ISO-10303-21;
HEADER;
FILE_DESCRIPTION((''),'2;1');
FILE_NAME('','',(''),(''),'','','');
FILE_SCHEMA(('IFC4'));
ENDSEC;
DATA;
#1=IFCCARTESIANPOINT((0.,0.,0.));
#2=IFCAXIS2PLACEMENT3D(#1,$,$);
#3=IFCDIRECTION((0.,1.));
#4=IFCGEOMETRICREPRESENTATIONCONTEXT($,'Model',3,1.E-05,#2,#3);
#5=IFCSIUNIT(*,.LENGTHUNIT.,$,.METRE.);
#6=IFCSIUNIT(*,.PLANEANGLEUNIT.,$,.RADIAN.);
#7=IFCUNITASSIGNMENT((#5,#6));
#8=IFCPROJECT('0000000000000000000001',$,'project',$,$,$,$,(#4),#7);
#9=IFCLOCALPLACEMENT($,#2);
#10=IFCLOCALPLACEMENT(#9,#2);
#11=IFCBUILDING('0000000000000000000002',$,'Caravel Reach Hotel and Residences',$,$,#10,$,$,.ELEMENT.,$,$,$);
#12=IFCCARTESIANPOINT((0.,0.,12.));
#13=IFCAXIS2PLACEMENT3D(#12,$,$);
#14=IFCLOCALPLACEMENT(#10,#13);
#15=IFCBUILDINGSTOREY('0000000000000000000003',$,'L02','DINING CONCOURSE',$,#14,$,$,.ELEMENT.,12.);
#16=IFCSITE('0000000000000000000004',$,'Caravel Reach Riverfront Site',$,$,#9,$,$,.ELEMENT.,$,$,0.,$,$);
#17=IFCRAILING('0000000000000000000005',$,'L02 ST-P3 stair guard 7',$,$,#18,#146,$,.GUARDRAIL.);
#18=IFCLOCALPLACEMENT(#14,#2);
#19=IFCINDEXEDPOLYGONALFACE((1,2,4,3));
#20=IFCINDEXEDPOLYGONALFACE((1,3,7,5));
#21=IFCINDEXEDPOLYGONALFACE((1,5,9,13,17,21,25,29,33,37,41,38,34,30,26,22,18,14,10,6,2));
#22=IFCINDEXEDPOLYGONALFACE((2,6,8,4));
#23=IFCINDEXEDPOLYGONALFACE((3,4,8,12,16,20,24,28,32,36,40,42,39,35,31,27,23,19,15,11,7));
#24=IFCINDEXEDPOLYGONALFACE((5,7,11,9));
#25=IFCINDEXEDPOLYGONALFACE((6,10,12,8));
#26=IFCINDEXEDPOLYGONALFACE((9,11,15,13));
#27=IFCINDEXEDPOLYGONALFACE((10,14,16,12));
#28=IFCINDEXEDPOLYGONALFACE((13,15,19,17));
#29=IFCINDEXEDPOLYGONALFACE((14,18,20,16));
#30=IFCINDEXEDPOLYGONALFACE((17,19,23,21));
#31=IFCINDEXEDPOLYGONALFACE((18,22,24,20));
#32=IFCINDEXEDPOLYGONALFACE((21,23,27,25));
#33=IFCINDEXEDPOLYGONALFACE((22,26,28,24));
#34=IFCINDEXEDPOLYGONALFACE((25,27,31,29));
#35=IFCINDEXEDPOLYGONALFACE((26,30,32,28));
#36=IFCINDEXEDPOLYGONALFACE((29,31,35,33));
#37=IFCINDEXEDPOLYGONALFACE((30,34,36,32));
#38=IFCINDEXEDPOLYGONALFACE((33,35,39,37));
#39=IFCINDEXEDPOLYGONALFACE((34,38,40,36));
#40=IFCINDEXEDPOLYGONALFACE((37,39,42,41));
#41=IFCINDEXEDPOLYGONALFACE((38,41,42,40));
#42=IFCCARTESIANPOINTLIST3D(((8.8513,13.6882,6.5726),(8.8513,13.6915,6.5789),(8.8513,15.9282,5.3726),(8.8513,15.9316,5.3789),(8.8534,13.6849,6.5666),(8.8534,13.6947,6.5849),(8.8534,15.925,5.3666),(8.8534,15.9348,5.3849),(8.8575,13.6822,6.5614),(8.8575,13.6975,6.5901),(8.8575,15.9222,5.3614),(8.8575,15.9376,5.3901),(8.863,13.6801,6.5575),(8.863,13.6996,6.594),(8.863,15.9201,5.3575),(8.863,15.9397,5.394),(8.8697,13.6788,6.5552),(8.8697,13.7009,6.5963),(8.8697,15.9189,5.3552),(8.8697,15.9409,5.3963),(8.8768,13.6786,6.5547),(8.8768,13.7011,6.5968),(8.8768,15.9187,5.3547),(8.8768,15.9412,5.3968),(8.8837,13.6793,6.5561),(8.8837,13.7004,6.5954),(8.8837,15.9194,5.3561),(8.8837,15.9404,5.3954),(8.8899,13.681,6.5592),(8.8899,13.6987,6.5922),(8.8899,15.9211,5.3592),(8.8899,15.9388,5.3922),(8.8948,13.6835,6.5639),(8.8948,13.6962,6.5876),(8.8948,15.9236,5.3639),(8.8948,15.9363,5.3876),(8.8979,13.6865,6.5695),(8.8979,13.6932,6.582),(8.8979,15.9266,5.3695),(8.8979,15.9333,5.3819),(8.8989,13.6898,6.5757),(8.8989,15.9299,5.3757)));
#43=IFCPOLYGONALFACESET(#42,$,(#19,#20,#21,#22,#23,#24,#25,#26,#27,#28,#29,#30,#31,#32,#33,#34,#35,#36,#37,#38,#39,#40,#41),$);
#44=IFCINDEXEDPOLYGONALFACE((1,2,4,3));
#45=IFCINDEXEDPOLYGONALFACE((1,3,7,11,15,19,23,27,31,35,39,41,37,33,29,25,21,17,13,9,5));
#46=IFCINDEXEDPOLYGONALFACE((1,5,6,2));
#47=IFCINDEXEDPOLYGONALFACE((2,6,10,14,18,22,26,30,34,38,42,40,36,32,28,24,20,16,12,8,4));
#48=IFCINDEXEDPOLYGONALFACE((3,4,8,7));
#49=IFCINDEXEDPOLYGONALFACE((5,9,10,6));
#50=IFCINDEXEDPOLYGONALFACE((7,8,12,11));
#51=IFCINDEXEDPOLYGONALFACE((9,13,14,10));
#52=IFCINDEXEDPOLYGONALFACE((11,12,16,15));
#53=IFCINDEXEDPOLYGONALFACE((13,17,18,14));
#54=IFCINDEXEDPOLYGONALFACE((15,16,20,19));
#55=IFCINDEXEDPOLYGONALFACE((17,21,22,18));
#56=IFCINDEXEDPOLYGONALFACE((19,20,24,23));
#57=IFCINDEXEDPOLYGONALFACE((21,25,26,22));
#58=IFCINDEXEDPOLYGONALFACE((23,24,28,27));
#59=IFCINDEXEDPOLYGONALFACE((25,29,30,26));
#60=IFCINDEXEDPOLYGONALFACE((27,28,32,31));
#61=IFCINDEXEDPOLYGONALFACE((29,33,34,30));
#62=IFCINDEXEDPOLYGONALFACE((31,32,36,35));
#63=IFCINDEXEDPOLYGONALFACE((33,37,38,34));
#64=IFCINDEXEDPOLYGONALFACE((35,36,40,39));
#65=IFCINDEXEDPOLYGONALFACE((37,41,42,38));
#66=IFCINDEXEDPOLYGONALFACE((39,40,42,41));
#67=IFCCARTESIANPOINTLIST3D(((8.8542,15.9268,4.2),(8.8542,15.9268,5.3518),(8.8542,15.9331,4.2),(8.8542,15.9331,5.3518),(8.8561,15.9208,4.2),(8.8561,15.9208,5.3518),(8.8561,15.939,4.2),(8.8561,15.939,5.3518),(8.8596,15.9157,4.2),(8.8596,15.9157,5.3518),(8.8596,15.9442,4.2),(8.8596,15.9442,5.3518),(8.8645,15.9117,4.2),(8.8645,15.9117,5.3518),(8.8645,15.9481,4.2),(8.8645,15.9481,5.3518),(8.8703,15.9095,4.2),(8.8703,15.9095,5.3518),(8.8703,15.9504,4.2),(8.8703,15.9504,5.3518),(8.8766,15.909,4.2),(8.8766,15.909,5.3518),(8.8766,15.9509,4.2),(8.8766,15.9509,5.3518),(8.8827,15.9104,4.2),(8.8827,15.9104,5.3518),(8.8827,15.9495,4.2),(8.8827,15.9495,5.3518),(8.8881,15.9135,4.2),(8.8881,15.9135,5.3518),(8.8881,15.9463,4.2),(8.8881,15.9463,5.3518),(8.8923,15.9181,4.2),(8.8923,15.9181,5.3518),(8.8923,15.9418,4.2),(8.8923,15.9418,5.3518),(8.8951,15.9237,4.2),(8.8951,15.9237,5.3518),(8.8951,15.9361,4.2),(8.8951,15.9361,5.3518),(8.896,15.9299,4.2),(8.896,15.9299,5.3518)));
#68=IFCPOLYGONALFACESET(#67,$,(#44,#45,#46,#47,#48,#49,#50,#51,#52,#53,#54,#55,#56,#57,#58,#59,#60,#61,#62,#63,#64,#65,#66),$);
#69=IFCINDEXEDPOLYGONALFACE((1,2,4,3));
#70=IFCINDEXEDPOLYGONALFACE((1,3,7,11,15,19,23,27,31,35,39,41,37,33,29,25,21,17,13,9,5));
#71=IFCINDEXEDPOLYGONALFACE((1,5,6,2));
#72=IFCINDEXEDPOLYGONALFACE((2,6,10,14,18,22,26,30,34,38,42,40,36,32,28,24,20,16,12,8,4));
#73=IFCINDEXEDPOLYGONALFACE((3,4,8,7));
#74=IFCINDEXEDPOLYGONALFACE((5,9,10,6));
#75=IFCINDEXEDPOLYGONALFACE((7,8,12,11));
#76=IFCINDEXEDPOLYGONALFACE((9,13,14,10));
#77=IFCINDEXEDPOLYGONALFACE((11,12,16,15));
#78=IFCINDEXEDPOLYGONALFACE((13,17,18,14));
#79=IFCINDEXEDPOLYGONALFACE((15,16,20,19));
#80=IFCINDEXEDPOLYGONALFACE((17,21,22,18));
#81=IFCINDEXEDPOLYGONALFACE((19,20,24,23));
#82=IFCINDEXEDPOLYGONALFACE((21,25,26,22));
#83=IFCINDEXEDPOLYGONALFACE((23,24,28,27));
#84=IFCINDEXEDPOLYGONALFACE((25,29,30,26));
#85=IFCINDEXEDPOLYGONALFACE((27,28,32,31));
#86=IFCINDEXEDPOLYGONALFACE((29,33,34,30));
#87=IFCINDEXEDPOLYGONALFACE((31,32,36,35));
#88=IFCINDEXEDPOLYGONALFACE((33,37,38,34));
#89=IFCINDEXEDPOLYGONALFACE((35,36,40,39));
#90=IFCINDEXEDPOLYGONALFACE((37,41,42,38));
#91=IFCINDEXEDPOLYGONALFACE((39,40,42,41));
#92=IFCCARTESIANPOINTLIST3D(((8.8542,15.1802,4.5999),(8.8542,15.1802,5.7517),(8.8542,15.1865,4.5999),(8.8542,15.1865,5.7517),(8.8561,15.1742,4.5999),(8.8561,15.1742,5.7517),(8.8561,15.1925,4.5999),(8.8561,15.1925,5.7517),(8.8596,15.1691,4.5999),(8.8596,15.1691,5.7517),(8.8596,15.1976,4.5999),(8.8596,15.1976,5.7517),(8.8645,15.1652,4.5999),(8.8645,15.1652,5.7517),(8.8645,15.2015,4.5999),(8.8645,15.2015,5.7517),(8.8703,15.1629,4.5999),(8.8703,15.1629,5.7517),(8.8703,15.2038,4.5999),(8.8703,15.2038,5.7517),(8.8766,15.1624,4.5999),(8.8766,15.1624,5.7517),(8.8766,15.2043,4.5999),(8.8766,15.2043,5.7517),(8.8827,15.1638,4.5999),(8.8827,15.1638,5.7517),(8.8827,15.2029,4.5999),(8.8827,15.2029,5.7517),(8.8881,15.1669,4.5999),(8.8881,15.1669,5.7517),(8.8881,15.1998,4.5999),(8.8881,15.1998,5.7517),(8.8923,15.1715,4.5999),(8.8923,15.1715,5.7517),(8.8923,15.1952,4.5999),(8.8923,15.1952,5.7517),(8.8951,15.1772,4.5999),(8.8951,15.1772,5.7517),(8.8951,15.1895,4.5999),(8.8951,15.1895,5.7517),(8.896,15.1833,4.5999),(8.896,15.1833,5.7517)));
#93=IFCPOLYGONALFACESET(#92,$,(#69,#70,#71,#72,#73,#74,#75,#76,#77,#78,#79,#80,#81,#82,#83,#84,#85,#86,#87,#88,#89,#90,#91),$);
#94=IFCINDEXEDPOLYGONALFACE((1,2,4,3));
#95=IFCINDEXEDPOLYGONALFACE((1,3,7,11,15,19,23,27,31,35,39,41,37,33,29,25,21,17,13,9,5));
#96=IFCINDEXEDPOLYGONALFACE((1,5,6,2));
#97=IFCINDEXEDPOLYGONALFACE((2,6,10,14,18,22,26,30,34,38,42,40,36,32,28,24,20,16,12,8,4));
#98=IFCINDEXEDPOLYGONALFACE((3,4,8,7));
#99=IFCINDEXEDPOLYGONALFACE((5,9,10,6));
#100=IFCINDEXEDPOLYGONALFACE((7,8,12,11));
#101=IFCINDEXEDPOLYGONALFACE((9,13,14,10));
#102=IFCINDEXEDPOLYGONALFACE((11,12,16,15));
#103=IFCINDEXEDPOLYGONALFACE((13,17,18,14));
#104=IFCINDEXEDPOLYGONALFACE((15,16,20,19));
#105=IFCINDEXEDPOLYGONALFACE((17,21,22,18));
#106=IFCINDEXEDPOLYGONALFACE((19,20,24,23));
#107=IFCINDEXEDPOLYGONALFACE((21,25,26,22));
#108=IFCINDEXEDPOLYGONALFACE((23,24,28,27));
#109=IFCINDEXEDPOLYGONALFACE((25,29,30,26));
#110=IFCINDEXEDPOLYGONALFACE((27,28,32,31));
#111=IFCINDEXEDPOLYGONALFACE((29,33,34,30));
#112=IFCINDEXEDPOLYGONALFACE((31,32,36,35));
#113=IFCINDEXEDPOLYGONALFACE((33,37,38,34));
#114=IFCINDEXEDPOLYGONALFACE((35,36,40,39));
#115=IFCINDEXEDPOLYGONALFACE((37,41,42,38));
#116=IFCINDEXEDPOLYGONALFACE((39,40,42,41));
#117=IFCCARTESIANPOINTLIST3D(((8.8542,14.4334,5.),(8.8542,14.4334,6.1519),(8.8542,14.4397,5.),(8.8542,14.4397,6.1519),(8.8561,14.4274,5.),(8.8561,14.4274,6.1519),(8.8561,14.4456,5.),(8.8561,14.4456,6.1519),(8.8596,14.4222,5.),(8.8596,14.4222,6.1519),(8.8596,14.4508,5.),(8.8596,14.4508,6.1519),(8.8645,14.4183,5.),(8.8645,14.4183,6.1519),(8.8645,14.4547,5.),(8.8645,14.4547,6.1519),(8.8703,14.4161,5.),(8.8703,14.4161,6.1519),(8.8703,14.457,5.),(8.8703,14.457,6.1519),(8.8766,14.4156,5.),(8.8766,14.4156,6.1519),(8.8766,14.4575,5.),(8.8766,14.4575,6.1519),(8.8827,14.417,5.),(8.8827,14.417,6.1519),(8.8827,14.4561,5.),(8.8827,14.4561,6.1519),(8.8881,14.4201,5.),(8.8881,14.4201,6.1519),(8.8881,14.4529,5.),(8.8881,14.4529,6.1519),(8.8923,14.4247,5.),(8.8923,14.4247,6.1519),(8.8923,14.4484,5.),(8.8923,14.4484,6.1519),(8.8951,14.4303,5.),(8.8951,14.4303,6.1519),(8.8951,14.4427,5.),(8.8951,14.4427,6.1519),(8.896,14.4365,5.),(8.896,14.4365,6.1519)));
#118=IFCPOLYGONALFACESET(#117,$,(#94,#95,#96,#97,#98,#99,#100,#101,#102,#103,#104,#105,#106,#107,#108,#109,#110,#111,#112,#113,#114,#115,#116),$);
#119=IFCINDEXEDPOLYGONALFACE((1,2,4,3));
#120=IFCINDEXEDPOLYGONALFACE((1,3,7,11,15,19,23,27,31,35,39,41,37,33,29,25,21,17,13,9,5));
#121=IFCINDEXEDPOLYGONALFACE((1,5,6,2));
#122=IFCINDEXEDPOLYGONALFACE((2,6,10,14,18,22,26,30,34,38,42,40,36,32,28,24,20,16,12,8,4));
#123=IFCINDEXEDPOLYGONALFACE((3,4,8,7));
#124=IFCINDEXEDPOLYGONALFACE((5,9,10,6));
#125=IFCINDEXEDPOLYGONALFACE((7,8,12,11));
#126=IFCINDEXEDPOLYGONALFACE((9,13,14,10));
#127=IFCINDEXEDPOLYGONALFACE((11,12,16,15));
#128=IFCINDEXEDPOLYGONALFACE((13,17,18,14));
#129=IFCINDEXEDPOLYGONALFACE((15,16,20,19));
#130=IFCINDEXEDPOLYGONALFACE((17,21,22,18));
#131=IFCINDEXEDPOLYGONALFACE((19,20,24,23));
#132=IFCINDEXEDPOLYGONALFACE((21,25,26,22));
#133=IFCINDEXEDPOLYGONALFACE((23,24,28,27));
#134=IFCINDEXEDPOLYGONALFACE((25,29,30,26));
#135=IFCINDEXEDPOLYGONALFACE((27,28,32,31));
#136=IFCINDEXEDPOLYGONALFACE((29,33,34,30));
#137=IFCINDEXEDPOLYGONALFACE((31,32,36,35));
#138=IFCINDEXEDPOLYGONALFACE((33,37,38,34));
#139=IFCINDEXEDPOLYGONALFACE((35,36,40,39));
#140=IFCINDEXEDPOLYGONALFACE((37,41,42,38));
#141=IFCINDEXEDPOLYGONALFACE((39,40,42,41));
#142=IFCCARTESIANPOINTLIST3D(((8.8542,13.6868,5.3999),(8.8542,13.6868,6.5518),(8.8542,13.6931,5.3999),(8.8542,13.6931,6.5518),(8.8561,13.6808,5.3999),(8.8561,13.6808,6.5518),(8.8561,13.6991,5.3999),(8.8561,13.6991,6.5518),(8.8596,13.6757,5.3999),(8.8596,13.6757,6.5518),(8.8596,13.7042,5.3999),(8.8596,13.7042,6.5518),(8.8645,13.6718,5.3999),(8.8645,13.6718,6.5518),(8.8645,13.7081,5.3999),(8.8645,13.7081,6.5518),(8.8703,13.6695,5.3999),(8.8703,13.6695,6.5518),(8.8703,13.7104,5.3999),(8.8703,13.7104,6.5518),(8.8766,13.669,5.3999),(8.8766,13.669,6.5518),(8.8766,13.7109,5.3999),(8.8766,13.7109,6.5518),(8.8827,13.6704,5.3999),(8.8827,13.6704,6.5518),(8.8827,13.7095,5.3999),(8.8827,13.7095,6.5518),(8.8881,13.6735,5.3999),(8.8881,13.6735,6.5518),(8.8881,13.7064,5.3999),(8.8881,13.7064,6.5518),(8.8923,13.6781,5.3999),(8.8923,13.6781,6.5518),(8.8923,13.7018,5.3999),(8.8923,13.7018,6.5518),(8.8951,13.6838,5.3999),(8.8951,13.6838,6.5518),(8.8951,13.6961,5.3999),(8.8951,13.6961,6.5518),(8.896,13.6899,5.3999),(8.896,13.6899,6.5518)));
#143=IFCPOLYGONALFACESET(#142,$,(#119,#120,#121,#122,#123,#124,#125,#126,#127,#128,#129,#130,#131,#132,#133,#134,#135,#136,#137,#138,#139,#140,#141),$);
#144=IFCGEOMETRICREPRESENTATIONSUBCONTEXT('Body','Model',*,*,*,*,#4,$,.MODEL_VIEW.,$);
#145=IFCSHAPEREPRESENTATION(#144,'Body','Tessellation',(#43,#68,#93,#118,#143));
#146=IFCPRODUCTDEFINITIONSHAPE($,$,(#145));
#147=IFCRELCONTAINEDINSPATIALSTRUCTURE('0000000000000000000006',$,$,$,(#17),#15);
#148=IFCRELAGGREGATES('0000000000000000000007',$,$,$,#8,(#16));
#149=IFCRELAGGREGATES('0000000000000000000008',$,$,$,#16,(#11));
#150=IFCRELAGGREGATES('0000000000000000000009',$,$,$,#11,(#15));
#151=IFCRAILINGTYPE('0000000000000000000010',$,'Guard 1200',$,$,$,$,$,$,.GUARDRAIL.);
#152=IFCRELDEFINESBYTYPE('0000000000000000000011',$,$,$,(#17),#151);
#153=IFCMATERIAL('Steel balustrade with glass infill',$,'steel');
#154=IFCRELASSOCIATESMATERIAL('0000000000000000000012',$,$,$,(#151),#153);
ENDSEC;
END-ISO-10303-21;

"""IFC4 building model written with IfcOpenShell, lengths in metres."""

from ifc_helpers import new_model, si_unit, direction, frame, origin, origin_2d, place, context, subcontext, project, spatial, circle, extrude, material, type_object, element, save


model = new_model("IFC4")

# Units and contexts
model_context = context("Model", 3, precision=1e-05, world=origin(), true_north=direction((0.0, 1.0)))
body_context = subcontext(model_context, "Body", "Model", "MODEL_VIEW")
ifc_project = project(units=[si_unit("LENGTHUNIT", "METRE"), si_unit("PLANEANGLEUNIT", "RADIAN")], contexts=[model_context])

# Site, building, storey
site_placement = place(None, origin())
site = spatial("IfcSite", under=ifc_project, at=site_placement, Name="Caravel Reach Riverfront Site", CompositionType="ELEMENT", RefElevation=0.0)
building_placement = place(site_placement, origin())
building = spatial("IfcBuilding", under=site, at=building_placement, Name="Caravel Reach Hotel and Residences", CompositionType="ELEMENT")
storey_placement = place(building_placement, frame((0.0, 0.0, 12.0)))
storey = spatial("IfcBuildingStorey", under=building, at=storey_placement, Name="L02", Description="DINING CONCOURSE", CompositionType="ELEMENT", Elevation=12.0)

# Railing
ifc_material_1 = material(Name="Steel balustrade with glass infill", Category="steel")
railing_type_1 = type_object("IfcRailingType", Name="Guard 1200", PredefinedType="GUARDRAIL", material=ifc_material_1)
railing_1_placement = place(storey_placement, frame((8.875, 15.9299, 4.2)))
element("IfcRailing", 1, at=railing_1_placement, inside=storey, type_object=railing_type_1, Name="L02 ST-P3 stair guard 7", PredefinedType="GUARDRAIL", context=body_context, shape_type="SweptSolid", body=[
    extrude(circle(Radius=0.0239, at=origin_2d()), frame((0.0, 0.0, 1.1758), z_axis=(0.0, -0.881487, 0.472208), x_axis=(1.0, 0.0, 0.0)), (0.0, 0.0, 1.0), 2.5413),
    extrude(circle(Radius=0.021, at=origin_2d()), origin(), (0.0, 0.0, 1.0), 1.1519),
    extrude(circle(Radius=0.021, at=origin_2d()), frame((0.0, -0.7466, 0.3999)), (0.0, 0.0, 1.0), 1.1519),
    extrude(circle(Radius=0.021, at=origin_2d()), frame((0.0, -1.4934, 0.8)), (0.0, 0.0, 1.0), 1.1519),
    extrude(circle(Radius=0.021, at=origin_2d()), frame((0.0, -2.24, 1.2)), (0.0, 0.0, 1.0), 1.1519),
])

save(model, "model.ifc")
